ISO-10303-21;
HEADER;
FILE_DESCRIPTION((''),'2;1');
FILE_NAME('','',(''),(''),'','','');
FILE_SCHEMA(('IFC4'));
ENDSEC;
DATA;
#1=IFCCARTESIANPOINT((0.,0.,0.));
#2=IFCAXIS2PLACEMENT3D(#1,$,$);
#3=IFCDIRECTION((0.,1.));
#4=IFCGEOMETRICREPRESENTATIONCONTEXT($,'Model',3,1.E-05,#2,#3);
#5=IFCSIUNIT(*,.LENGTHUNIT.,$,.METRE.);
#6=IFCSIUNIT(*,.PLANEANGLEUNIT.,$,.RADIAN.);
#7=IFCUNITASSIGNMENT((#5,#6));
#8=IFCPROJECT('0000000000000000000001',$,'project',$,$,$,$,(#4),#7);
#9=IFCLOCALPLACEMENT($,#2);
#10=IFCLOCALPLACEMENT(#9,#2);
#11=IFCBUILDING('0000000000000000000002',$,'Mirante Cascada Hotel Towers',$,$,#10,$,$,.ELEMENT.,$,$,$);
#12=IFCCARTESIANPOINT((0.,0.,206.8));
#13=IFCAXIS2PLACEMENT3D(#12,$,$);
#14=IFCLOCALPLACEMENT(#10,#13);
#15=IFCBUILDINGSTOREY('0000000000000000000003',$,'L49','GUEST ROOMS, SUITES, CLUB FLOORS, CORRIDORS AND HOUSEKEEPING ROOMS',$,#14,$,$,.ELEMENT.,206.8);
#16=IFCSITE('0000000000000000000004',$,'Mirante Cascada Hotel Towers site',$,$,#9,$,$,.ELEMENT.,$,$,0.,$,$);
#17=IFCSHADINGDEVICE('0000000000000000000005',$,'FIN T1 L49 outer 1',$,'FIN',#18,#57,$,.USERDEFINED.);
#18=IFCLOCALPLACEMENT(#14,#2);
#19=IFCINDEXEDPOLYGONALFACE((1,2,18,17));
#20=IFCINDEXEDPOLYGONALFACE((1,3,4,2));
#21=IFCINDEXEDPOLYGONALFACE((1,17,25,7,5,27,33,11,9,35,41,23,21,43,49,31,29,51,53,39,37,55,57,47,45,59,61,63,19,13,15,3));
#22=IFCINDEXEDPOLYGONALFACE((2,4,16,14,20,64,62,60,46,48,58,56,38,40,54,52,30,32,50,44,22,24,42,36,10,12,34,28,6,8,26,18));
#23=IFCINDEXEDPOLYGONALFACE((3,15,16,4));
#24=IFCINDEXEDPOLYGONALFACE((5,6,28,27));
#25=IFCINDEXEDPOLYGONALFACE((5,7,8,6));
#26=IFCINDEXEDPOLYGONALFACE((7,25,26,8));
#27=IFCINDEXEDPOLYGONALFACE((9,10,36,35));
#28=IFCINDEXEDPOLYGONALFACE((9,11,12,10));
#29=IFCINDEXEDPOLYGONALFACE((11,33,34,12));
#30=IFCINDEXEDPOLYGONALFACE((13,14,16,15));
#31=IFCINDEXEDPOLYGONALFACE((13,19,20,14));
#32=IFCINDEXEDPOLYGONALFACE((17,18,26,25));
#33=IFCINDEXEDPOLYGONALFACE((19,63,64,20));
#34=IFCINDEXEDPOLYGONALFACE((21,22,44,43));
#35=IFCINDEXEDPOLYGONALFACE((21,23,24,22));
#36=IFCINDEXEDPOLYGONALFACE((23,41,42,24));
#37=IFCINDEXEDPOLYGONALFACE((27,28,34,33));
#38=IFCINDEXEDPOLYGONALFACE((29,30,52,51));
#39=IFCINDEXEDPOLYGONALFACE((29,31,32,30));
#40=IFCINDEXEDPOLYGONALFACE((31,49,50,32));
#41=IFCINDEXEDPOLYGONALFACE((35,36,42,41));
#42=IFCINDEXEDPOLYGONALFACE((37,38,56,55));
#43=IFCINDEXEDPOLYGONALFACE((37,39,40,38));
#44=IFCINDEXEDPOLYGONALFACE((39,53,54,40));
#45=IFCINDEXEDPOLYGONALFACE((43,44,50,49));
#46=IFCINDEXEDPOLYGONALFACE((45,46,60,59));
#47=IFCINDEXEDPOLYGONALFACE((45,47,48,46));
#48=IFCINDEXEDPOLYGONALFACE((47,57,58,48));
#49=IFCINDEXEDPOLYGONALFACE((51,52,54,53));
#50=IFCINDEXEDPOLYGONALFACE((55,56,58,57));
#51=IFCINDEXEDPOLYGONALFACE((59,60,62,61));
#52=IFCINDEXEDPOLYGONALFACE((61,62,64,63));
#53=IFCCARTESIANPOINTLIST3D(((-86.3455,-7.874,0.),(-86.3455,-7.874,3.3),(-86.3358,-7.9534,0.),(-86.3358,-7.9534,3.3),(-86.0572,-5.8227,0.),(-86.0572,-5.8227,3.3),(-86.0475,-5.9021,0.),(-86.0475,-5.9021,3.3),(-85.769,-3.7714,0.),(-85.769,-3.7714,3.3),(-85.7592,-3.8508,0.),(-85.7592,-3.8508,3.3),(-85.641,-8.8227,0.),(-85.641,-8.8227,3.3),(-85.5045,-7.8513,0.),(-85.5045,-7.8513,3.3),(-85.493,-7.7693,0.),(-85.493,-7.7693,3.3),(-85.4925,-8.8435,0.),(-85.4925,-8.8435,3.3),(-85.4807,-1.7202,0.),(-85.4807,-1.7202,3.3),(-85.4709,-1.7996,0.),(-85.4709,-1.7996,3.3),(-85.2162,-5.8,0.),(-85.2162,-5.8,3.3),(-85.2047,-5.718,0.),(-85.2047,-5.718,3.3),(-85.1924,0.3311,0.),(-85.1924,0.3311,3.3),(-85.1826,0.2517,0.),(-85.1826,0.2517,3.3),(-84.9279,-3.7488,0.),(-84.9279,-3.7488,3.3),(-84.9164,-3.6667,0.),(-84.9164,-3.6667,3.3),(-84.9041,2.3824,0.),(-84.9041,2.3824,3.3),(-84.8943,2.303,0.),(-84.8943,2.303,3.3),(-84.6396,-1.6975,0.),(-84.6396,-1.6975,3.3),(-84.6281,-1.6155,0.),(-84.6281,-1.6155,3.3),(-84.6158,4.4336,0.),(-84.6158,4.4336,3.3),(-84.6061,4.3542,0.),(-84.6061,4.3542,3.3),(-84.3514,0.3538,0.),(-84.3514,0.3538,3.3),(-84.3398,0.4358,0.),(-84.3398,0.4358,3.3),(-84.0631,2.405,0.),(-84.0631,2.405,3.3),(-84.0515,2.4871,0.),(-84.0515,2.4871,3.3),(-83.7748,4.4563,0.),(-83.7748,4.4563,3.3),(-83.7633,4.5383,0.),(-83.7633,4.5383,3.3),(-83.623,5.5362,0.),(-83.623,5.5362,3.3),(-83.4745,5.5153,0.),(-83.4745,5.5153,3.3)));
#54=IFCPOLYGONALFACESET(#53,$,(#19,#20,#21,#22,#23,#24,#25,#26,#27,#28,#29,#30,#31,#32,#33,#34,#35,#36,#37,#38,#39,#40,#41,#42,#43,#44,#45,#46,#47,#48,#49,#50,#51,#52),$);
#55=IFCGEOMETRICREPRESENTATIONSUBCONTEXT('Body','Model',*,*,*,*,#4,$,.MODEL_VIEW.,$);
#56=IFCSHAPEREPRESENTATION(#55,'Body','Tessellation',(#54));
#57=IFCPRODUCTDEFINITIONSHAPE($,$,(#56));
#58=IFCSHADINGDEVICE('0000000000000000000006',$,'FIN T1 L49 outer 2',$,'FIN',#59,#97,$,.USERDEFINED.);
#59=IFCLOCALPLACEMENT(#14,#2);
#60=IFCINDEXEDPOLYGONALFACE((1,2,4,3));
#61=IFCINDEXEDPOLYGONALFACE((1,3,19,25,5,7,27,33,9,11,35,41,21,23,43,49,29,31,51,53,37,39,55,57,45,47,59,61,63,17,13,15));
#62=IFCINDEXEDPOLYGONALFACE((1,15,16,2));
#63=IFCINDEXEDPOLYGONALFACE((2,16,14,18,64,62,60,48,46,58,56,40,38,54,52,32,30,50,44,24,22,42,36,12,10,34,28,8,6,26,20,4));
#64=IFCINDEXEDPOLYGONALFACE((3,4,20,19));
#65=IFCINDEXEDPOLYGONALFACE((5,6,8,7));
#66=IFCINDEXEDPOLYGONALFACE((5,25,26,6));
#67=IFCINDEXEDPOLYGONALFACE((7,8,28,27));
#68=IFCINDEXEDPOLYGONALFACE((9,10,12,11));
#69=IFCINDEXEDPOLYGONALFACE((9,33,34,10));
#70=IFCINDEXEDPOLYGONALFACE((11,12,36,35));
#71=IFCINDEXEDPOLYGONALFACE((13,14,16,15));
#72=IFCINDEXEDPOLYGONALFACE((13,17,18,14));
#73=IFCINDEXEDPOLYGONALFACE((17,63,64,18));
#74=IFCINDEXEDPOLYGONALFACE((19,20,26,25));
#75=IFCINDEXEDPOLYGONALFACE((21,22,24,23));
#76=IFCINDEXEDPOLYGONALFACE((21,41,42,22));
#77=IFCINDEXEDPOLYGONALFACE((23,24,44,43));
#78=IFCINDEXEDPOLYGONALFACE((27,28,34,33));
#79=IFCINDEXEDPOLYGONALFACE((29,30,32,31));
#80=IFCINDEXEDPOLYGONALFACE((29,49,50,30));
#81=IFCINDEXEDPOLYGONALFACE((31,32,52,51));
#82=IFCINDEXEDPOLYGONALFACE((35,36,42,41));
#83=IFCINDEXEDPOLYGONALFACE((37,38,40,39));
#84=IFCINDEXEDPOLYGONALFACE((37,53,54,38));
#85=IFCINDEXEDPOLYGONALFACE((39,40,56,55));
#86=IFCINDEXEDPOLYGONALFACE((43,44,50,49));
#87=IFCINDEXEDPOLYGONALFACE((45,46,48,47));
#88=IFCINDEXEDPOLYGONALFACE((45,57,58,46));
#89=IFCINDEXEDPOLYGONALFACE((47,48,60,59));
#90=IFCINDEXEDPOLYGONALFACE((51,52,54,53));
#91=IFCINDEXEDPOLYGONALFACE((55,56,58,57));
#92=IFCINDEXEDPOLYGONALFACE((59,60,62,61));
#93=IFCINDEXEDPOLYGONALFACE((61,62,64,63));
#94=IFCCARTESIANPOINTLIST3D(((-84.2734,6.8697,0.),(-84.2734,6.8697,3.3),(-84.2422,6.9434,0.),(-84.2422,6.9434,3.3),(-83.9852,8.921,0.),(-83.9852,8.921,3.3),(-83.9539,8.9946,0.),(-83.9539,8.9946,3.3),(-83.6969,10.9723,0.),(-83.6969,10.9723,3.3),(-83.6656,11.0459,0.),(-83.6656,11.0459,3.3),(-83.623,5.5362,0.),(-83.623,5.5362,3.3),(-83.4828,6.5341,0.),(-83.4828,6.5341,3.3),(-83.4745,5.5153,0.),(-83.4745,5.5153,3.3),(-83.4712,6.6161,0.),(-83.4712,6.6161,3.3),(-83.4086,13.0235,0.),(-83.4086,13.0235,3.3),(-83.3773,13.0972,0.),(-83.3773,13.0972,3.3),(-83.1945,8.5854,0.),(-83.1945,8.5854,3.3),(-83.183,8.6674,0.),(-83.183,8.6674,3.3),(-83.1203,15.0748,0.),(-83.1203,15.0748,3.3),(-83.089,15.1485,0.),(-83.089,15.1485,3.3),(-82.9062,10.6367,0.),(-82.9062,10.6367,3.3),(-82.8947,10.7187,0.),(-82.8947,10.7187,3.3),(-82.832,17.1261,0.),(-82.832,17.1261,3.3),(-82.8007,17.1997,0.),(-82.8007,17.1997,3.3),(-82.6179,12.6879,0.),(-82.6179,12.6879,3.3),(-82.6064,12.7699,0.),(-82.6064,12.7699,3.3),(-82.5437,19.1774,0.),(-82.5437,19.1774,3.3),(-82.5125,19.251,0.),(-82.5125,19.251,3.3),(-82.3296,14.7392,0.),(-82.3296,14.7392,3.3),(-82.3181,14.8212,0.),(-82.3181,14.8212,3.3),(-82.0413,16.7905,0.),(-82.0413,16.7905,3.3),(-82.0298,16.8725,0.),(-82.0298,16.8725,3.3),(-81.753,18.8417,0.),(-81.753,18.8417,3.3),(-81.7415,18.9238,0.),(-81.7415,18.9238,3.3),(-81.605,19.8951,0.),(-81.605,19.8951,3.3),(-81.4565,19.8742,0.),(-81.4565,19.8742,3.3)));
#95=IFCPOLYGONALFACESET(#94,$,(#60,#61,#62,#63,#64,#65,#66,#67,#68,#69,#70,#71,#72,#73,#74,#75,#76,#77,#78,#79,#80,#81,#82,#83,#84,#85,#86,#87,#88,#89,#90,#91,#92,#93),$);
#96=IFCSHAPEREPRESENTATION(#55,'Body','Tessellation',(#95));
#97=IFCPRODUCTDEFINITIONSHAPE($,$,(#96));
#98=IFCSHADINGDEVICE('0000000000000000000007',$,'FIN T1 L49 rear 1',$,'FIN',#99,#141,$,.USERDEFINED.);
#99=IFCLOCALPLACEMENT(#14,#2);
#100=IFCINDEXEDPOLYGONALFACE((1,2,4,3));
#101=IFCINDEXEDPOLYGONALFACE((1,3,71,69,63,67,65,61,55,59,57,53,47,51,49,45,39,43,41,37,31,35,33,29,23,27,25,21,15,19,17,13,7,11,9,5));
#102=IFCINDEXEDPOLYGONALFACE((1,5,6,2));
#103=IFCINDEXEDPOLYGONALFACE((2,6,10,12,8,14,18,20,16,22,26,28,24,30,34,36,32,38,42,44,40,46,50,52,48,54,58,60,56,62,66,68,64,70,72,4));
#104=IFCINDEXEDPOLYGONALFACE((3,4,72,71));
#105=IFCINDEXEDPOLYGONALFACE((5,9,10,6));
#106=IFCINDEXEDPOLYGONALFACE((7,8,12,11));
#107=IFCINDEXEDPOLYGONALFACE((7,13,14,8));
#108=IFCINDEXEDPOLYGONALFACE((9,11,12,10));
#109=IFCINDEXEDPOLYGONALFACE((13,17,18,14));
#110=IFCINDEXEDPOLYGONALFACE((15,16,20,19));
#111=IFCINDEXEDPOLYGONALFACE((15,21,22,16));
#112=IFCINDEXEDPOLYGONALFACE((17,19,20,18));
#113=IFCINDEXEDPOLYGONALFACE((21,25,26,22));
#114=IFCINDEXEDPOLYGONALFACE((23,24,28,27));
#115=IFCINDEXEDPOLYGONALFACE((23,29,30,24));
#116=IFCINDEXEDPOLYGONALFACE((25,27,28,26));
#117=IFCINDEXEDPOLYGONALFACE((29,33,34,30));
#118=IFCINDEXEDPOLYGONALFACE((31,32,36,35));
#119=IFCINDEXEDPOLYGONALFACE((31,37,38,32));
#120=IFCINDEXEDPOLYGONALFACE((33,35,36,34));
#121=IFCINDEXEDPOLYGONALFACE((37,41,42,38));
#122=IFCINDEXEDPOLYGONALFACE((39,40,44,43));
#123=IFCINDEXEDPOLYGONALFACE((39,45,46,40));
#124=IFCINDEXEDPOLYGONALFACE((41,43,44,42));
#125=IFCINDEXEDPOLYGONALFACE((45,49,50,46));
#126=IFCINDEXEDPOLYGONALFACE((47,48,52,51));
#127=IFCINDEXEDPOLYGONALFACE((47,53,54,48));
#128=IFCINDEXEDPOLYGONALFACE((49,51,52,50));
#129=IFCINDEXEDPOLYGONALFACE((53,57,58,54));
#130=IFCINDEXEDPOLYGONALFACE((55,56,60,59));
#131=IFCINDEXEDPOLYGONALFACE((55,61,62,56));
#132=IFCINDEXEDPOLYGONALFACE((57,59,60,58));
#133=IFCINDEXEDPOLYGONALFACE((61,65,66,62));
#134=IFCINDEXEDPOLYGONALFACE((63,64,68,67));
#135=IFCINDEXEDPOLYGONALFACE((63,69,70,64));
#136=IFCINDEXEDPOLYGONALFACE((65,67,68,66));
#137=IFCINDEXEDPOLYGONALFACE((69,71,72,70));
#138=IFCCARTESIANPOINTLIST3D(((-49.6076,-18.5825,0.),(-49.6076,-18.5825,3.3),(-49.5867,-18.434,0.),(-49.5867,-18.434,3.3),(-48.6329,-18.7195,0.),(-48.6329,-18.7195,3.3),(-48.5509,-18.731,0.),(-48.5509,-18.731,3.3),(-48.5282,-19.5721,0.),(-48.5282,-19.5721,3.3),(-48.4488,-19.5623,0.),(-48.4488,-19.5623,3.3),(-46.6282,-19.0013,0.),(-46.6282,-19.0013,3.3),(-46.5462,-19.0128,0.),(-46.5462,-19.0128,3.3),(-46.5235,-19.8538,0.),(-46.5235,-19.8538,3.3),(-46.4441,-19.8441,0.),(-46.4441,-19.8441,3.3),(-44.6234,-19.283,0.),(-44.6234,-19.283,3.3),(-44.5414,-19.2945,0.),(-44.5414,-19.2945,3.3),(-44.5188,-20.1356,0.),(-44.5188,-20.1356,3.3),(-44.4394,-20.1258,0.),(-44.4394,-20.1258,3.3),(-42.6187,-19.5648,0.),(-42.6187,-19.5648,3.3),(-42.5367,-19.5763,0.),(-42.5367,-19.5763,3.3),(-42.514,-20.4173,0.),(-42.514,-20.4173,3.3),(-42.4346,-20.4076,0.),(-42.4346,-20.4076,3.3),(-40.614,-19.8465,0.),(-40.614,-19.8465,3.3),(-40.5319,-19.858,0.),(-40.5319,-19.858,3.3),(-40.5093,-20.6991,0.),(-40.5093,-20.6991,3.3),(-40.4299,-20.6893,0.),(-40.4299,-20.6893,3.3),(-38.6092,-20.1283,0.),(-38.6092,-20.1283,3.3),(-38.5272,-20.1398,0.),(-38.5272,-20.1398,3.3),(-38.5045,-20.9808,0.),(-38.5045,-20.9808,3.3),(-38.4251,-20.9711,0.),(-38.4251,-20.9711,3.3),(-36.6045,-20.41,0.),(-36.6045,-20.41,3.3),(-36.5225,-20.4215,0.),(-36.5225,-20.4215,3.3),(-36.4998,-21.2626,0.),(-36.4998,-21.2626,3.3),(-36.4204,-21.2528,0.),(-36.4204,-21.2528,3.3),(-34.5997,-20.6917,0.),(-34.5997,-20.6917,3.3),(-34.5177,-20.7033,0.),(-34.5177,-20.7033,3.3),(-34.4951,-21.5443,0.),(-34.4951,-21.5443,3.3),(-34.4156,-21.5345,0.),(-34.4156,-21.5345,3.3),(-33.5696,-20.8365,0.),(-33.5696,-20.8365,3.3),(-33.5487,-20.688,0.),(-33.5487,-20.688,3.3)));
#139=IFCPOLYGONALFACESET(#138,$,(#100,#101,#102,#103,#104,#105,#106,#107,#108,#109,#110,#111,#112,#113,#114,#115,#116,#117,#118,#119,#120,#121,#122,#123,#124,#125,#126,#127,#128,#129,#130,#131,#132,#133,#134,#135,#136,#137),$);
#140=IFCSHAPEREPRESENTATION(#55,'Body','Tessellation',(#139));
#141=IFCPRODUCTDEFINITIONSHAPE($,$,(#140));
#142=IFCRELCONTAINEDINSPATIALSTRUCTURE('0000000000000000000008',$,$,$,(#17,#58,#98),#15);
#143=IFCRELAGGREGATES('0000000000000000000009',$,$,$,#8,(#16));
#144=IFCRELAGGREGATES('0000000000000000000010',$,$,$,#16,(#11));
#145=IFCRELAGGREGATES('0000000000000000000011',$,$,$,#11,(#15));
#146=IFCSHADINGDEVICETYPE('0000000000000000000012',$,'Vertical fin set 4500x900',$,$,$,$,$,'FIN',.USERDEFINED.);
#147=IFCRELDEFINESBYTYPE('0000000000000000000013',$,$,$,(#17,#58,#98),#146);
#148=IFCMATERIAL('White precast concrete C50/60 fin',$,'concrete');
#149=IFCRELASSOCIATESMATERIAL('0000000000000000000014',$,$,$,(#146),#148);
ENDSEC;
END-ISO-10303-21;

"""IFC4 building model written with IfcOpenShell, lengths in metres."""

from ifc_helpers import new_model, si_unit, direction, frame, origin, place, context, subcontext, project, spatial, polyline, outline, extrude, material, type_object, element, save


model = new_model("IFC4")

# Units and contexts
model_context = context("Model", 3, precision=1e-05, world=origin(), true_north=direction((0.0, 1.0)))
body_context = subcontext(model_context, "Body", "Model", "MODEL_VIEW")
ifc_project = project(units=[si_unit("LENGTHUNIT", "METRE"), si_unit("PLANEANGLEUNIT", "RADIAN")], contexts=[model_context])

# Site, building, storey
site_placement = place(None, origin())
site = spatial("IfcSite", under=ifc_project, at=site_placement, Name="Mirante Cascada Hotel Towers site", CompositionType="ELEMENT", RefElevation=0.0)
building_placement = place(site_placement, origin())
building = spatial("IfcBuilding", under=site, at=building_placement, Name="Mirante Cascada Hotel Towers", CompositionType="ELEMENT")
storey_placement = place(building_placement, frame((0.0, 0.0, 206.8)))
storey = spatial("IfcBuildingStorey", under=building, at=storey_placement, Name="L49", Description="GUEST ROOMS, SUITES, CLUB FLOORS, CORRIDORS AND HOUSEKEEPING ROOMS", CompositionType="ELEMENT", Elevation=206.8)

# Shading devices
ifc_material_1 = material(Name="White precast concrete C50/60 fin", Category="concrete")
shading_device_type = type_object("IfcShadingDeviceType", Name="Vertical fin set 4500x900", ElementType="FIN", PredefinedType="USERDEFINED", material=ifc_material_1)
shading_device_1_placement = place(storey_placement, origin())
element("IfcShadingDevice", 1, at=shading_device_1_placement, inside=storey, type_object=shading_device_type, Name="FIN T1 L49 outer 1", ObjectType="FIN", PredefinedType="USERDEFINED", context=body_context, shape_type="SweptSolid", body=[
    extrude(outline(polyline([(-85.493, -7.7693), (-85.2162, -5.8), (-86.0475, -5.9021), (-86.0572, -5.8227), (-85.2047, -5.718), (-84.9279, -3.7488), (-85.7592, -3.8508), (-85.769, -3.7714), (-84.9164, -3.6667), (-84.6396, -1.6975), (-85.4709, -1.7996), (-85.4807, -1.7202), (-84.6281, -1.6155), (-84.3514, 0.3538), (-85.1826, 0.2517), (-85.1924, 0.3311), (-84.3398, 0.4358), (-84.0631, 2.405), (-84.8943, 2.303), (-84.9041, 2.3824), (-84.0515, 2.4871), (-83.7748, 4.4563), (-84.6061, 4.3542), (-84.6158, 4.4336), (-83.7633, 4.5383), (-83.623, 5.5362), (-83.4745, 5.5153), (-85.4925, -8.8435), (-85.641, -8.8227), (-85.5045, -7.8513), (-86.3358, -7.9534), (-86.3455, -7.874), (-85.493, -7.7693)])), origin(), (0.0, 0.0, 1.0), 3.3),
])
shading_device_2_placement = place(storey_placement, origin())
element("IfcShadingDevice", 2, at=shading_device_2_placement, inside=storey, type_object=shading_device_type, Name="FIN T1 L49 outer 2", ObjectType="FIN", PredefinedType="USERDEFINED", context=body_context, shape_type="SweptSolid", body=[
    extrude(outline(polyline([(-83.4712, 6.6161), (-83.1945, 8.5854), (-83.9852, 8.921), (-83.9539, 8.9946), (-83.183, 8.6674), (-82.9062, 10.6367), (-83.6969, 10.9723), (-83.6656, 11.0459), (-82.8947, 10.7187), (-82.6179, 12.6879), (-83.4086, 13.0235), (-83.3773, 13.0972), (-82.6064, 12.7699), (-82.3296, 14.7392), (-83.1203, 15.0748), (-83.089, 15.1485), (-82.3181, 14.8212), (-82.0413, 16.7905), (-82.832, 17.1261), (-82.8007, 17.1997), (-82.0298, 16.8725), (-81.753, 18.8417), (-82.5437, 19.1774), (-82.5125, 19.251), (-81.7415, 18.9238), (-81.605, 19.8951), (-81.4565, 19.8742), (-83.4745, 5.5153), (-83.623, 5.5362), (-83.4828, 6.5341), (-84.2734, 6.8697), (-84.2422, 6.9434), (-83.4712, 6.6161)])), origin(), (0.0, 0.0, 1.0), 3.3),
])
shading_device_3_placement = place(storey_placement, origin())
element("IfcShadingDevice", 3, at=shading_device_3_placement, inside=storey, type_object=shading_device_type, Name="FIN T1 L49 rear 1", ObjectType="FIN", PredefinedType="USERDEFINED", context=body_context, shape_type="SweptSolid", body=[
    extrude(outline(polyline([(-34.5997, -20.6917), (-36.5225, -20.4215), (-36.4204, -21.2528), (-36.4998, -21.2626), (-36.6045, -20.41), (-38.5272, -20.1398), (-38.4251, -20.9711), (-38.5045, -20.9808), (-38.6092, -20.1283), (-40.5319, -19.858), (-40.4299, -20.6893), (-40.5093, -20.6991), (-40.614, -19.8465), (-42.5367, -19.5763), (-42.4346, -20.4076), (-42.514, -20.4173), (-42.6187, -19.5648), (-44.5414, -19.2945), (-44.4394, -20.1258), (-44.5188, -20.1356), (-44.6234, -19.283), (-46.5462, -19.0128), (-46.4441, -19.8441), (-46.5235, -19.8538), (-46.6282, -19.0013), (-48.5509, -18.731), (-48.4488, -19.5623), (-48.5282, -19.5721), (-48.6329, -18.7195), (-49.6076, -18.5825), (-49.5867, -18.434), (-33.5487, -20.688), (-33.5696, -20.8365), (-34.5177, -20.7033), (-34.4156, -21.5345), (-34.4951, -21.5443), (-34.5997, -20.6917)])), origin(), (0.0, 0.0, 1.0), 3.3),
])

save(model, "model.ifc")
